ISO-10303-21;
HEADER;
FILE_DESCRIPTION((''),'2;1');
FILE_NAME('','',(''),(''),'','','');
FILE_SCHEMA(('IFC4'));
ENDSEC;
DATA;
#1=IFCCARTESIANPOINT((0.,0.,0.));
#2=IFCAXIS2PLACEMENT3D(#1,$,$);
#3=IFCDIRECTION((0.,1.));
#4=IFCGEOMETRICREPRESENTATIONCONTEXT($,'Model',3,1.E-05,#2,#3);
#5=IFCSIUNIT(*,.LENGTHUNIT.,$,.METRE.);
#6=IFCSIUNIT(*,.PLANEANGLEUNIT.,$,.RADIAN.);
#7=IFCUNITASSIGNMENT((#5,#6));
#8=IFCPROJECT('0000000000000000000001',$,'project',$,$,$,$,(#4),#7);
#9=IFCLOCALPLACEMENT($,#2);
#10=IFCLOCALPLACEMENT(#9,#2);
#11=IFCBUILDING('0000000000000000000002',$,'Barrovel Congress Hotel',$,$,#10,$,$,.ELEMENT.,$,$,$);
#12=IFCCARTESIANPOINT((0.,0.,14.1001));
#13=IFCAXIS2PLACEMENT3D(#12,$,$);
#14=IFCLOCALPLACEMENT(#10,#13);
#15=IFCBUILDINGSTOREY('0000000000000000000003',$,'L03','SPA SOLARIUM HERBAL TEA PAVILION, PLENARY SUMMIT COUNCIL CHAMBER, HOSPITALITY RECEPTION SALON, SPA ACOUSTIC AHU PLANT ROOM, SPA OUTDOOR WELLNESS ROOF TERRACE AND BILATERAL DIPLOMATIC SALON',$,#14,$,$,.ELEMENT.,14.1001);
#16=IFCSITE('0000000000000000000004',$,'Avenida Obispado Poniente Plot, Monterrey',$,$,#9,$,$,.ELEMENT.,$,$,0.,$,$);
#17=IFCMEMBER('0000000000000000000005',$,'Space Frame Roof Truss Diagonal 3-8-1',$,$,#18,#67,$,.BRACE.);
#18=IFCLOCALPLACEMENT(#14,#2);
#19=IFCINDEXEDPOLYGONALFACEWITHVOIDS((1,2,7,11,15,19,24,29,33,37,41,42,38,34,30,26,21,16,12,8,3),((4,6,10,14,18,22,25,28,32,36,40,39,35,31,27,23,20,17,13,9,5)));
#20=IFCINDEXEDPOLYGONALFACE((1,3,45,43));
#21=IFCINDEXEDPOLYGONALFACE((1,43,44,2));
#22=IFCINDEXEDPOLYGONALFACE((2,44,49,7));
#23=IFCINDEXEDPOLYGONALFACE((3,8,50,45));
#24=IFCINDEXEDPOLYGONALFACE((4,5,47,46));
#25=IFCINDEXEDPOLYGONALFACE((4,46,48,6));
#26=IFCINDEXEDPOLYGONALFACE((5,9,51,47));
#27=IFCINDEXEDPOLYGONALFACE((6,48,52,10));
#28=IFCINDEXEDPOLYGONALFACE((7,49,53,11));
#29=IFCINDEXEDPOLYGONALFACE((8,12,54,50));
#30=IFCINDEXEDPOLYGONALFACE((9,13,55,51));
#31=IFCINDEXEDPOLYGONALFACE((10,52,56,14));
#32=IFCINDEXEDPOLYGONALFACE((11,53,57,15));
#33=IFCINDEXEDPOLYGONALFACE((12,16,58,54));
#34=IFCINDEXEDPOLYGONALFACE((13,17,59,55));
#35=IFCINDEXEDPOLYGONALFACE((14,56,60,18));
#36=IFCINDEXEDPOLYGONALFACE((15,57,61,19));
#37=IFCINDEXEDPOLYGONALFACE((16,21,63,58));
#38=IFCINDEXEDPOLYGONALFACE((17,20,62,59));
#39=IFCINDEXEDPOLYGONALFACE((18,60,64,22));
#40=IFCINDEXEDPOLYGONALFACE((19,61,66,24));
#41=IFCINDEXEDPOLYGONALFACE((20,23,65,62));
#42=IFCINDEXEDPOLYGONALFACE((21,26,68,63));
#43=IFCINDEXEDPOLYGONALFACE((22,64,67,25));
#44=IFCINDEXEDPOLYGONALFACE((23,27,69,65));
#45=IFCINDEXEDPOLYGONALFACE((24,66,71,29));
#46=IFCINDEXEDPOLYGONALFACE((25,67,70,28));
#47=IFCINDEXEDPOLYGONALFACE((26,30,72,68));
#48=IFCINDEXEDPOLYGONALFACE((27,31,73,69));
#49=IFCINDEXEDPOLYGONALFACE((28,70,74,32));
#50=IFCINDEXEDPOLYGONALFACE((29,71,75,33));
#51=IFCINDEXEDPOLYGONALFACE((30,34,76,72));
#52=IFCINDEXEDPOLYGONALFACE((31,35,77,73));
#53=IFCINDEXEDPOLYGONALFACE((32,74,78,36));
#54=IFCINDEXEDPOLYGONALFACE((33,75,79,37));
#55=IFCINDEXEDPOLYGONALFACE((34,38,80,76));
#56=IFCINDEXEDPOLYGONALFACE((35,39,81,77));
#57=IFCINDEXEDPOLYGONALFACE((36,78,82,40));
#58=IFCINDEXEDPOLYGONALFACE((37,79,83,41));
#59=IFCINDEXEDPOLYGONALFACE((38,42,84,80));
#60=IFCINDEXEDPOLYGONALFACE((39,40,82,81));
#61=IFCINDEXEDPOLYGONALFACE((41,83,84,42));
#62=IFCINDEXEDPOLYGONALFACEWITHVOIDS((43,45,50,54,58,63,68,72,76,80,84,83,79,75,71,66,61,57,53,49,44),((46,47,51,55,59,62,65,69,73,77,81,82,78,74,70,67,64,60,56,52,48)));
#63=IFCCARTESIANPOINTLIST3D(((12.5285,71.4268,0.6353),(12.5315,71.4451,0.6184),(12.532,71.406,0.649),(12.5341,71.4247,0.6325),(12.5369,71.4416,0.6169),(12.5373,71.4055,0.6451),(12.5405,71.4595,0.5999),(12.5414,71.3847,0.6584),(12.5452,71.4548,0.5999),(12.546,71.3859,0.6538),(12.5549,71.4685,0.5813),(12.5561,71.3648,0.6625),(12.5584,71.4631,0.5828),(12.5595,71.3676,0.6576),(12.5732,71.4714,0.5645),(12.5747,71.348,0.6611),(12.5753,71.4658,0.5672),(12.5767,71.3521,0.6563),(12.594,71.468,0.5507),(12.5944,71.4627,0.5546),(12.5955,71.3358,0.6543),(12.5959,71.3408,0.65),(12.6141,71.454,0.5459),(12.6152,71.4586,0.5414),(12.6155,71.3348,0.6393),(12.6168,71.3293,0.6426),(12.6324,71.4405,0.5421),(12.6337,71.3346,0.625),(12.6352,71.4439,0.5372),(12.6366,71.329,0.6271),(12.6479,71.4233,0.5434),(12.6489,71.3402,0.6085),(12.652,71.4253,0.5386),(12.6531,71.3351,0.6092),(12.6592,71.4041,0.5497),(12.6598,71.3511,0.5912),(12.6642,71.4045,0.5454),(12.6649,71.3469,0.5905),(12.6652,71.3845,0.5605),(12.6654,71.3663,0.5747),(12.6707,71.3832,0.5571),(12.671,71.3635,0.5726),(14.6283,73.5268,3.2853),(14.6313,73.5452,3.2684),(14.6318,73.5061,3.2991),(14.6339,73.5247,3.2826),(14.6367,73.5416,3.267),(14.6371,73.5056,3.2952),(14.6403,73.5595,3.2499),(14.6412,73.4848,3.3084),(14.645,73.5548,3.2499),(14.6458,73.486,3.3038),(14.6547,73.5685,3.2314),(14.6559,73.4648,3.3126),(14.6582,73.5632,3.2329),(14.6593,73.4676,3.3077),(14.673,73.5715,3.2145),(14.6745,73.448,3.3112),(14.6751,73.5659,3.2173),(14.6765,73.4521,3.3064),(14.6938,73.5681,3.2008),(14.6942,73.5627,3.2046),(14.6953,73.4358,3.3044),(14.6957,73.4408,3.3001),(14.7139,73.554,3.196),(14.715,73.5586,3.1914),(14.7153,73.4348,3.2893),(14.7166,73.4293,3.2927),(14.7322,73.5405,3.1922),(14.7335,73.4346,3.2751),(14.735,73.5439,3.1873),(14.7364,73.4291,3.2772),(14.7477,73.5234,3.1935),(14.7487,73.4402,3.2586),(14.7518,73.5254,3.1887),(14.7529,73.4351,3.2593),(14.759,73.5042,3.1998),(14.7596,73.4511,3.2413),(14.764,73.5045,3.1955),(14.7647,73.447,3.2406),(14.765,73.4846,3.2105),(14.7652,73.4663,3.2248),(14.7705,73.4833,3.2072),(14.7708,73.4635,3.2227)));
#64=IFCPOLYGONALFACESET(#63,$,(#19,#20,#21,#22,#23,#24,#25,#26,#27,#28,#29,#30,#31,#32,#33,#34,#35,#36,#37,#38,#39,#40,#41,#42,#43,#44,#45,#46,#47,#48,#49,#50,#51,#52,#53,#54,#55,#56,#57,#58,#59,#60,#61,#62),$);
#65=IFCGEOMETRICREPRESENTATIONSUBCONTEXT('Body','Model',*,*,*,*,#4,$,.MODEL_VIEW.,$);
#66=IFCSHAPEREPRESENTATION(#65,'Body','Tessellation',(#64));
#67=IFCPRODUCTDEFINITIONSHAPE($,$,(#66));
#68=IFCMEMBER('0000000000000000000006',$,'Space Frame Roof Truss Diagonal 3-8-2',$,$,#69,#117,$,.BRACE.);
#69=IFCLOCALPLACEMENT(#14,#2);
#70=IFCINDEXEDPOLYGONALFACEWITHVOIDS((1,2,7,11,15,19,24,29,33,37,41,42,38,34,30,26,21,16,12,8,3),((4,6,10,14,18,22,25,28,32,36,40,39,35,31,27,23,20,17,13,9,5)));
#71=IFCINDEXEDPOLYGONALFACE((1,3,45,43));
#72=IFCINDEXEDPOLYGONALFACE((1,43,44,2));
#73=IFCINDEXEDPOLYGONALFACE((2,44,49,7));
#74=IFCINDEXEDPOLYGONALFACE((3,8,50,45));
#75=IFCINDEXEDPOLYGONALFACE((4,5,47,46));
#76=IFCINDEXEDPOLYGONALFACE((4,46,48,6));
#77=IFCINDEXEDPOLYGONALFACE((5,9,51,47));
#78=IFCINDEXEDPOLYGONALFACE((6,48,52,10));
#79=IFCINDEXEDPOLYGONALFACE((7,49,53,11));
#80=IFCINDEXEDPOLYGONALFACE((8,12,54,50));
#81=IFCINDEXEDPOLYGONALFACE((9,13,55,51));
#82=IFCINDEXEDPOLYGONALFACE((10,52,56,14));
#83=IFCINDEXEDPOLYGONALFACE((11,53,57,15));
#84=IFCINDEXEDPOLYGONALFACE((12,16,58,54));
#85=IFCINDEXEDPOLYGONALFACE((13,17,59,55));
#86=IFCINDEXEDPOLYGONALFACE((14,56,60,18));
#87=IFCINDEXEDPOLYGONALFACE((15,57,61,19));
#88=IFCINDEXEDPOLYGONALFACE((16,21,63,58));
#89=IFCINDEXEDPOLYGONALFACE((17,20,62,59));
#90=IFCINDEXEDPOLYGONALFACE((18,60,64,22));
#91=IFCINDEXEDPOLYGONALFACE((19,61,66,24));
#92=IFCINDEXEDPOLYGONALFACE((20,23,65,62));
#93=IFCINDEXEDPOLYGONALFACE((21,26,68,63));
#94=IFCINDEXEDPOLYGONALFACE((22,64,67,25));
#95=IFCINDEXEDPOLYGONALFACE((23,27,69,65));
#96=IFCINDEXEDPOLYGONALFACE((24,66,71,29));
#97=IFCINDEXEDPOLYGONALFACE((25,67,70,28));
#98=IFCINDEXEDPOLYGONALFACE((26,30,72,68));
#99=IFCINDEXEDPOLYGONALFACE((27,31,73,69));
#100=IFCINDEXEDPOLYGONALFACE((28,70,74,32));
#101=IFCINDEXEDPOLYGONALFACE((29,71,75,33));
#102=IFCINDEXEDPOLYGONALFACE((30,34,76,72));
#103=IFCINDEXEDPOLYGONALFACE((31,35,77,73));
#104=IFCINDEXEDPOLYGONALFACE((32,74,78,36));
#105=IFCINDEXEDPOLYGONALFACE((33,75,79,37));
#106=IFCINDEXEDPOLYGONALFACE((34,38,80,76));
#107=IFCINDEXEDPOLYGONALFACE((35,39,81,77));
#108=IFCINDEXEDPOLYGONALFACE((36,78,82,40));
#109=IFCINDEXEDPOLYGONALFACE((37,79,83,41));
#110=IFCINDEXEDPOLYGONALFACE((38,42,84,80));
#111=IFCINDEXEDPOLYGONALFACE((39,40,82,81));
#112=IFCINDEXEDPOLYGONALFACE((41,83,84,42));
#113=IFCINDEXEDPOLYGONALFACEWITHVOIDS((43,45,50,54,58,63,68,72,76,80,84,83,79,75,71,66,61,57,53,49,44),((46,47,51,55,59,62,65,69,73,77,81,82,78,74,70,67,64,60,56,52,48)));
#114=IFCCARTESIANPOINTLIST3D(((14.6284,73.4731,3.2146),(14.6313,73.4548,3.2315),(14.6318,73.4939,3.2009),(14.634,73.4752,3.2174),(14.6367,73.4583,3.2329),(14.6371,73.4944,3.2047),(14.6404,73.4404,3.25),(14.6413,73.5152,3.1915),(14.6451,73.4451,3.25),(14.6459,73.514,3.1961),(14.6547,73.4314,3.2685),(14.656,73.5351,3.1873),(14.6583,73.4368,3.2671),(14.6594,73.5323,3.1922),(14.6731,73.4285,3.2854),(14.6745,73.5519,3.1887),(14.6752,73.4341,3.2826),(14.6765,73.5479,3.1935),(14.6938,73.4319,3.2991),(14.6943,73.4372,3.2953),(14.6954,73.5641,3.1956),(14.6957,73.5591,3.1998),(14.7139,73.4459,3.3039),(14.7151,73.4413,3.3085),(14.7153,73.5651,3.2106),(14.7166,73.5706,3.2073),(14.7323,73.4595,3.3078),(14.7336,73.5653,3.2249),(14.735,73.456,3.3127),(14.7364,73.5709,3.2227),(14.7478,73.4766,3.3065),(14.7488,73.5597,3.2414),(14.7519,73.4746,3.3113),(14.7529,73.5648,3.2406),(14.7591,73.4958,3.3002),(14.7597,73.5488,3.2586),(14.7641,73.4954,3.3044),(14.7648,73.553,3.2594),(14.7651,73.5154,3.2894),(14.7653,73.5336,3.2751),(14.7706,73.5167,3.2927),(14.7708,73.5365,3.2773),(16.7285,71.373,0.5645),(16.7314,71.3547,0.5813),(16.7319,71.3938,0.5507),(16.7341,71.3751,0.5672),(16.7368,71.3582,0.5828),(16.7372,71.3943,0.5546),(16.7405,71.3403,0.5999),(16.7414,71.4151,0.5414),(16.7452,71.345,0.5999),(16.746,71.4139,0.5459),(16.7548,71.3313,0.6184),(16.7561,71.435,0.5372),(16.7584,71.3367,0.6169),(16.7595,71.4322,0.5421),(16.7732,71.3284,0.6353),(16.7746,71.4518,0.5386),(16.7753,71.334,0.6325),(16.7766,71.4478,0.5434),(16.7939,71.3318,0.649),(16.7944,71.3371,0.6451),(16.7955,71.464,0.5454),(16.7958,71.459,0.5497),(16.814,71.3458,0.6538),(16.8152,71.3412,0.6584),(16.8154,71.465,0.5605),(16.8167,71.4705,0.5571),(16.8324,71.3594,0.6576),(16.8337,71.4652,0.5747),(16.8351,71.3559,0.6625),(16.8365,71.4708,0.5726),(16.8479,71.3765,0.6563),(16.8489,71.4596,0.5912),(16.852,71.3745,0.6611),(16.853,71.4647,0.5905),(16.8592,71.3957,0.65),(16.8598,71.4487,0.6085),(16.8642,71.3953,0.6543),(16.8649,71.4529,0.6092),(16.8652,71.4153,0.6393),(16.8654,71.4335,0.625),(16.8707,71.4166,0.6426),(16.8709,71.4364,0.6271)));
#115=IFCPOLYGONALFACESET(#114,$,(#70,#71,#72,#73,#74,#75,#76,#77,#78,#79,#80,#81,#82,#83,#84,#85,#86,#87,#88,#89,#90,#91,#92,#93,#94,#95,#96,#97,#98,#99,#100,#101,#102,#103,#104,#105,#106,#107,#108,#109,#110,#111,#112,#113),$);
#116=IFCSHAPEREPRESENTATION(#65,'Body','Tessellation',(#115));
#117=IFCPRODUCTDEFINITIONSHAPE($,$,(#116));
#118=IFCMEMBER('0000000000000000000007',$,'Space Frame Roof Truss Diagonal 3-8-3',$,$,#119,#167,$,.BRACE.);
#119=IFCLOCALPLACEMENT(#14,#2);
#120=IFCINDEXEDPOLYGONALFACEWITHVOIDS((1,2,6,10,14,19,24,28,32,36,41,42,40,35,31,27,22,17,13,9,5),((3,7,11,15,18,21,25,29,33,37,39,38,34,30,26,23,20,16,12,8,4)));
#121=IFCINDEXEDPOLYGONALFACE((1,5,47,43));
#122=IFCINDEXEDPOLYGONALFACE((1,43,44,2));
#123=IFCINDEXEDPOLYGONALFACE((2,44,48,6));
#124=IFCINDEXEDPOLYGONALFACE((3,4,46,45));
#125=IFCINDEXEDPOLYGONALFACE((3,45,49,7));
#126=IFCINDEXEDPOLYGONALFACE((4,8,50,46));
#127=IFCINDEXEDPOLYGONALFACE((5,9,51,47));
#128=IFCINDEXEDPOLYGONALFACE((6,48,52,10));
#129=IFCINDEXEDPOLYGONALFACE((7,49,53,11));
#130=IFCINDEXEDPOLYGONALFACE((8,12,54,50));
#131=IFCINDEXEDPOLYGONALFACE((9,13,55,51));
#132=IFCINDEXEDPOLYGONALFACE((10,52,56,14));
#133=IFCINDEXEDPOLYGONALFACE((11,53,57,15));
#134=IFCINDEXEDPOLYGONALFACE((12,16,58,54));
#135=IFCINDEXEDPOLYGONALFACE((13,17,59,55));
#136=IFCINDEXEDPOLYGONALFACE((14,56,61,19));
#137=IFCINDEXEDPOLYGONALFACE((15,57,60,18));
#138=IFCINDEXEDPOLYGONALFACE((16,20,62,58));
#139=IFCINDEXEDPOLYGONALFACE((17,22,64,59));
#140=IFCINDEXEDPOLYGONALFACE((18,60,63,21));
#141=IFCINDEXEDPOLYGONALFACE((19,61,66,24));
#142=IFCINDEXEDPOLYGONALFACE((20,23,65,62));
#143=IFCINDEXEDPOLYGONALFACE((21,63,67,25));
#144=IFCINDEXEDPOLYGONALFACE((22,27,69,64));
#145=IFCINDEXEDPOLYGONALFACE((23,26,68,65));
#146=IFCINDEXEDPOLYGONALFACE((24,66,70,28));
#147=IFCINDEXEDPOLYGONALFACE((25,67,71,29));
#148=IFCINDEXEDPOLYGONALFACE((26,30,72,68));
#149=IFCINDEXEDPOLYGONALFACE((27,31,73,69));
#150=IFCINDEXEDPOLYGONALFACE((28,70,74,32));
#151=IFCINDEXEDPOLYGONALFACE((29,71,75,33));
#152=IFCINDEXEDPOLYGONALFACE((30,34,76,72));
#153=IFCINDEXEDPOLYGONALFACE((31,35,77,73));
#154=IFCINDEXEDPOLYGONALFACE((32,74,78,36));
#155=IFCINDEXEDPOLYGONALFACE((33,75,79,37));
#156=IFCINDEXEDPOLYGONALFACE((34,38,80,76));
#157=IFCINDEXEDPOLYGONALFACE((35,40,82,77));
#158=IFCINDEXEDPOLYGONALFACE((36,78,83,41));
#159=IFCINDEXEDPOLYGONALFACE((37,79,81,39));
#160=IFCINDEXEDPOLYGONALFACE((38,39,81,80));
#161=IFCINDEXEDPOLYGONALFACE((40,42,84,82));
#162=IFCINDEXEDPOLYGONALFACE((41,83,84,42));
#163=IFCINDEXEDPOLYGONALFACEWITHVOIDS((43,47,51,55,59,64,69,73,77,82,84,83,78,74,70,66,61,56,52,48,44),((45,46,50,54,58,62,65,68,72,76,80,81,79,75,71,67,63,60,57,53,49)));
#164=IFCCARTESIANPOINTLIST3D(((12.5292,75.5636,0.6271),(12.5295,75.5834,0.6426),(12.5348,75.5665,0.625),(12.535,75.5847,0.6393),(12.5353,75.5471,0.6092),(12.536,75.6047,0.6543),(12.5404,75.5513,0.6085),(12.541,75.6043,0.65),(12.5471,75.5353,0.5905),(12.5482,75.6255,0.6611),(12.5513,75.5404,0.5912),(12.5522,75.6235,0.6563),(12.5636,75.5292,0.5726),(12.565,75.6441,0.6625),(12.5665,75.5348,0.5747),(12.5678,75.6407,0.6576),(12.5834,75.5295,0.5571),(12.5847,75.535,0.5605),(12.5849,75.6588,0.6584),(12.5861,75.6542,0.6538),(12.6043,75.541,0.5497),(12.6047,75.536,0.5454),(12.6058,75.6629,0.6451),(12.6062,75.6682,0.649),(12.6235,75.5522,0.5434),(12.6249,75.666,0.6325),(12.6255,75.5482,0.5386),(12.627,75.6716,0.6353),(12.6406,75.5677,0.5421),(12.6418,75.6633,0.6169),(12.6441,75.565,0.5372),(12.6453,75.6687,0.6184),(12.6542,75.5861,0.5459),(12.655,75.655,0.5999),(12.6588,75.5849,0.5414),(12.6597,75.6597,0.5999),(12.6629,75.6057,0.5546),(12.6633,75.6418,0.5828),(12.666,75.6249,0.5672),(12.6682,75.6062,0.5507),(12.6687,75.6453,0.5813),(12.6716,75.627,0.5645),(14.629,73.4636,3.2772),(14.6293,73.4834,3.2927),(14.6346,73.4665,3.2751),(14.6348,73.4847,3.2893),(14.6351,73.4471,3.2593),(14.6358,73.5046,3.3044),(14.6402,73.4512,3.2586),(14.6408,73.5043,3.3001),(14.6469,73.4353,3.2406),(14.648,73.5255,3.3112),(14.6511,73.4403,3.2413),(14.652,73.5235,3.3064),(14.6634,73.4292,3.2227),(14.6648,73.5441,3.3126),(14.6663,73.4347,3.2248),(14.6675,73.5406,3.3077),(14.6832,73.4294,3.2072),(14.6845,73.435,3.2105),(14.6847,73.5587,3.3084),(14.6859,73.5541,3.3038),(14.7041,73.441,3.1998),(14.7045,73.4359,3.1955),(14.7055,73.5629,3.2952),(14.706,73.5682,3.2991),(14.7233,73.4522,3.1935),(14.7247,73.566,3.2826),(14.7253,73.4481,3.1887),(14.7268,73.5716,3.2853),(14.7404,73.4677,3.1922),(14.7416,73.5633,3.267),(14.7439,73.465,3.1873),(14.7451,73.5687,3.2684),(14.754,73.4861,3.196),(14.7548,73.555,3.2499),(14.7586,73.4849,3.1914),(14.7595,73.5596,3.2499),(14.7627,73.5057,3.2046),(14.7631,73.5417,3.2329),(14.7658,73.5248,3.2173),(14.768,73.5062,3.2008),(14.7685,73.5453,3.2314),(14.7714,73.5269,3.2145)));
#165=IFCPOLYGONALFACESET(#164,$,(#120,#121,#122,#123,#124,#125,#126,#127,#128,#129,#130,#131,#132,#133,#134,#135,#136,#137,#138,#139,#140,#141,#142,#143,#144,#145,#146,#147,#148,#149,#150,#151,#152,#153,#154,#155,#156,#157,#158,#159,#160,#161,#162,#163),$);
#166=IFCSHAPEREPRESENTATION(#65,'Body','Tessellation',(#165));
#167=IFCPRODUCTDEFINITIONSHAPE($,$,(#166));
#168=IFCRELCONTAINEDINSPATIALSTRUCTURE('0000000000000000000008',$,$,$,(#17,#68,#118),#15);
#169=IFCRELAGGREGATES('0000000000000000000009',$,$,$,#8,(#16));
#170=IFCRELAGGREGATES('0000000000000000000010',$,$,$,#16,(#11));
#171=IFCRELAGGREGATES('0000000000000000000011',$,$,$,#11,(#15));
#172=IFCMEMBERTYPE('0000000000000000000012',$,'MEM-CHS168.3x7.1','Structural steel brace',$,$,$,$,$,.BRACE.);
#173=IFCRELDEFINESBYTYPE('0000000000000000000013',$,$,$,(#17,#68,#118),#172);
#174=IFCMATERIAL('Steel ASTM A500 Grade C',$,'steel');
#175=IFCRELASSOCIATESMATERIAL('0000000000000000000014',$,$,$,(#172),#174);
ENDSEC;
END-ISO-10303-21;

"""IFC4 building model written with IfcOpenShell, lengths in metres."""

from ifc_helpers import new_model, si_unit, direction, frame, origin, origin_2d, place, context, subcontext, project, spatial, hollow_circle, extrude, material, material_profile, profile_set, type_object, element, save


model = new_model("IFC4")

# Units and contexts
model_context = context("Model", 3, precision=1e-05, world=origin(), true_north=direction((0.0, 1.0)))
body_context = subcontext(model_context, "Body", "Model", "MODEL_VIEW")
ifc_project = project(units=[si_unit("LENGTHUNIT", "METRE"), si_unit("PLANEANGLEUNIT", "RADIAN")], contexts=[model_context])

# Site, building, storey
site_placement = place(None, origin())
site = spatial("IfcSite", under=ifc_project, at=site_placement, Name="Avenida Obispado Poniente Plot, Monterrey", CompositionType="ELEMENT", RefElevation=0.0)
building_placement = place(site_placement, origin())
building = spatial("IfcBuilding", under=site, at=building_placement, Name="Barrovel Congress Hotel", CompositionType="ELEMENT")
storey_placement = place(building_placement, frame((0.0, 0.0, 14.1001)))
storey = spatial("IfcBuildingStorey", under=building, at=storey_placement, Name="L03", Description="SPA SOLARIUM HERBAL TEA PAVILION, PLENARY SUMMIT COUNCIL CHAMBER, HOSPITALITY RECEPTION SALON, SPA ACOUSTIC AHU PLANT ROOM, SPA OUTDOOR WELLNESS ROOF TERRACE AND BILATERAL DIPLOMATIC SALON", CompositionType="ELEMENT", Elevation=14.1001)

# Members
ifc_material_1 = material(Name="Steel ASTM A500 Grade C", Category="steel")
ifc_material_profile_1 = material_profile(ifc_material_1, hollow_circle(Radius=0.0842, WallThickness=0.0066, at=origin_2d()), Name="CHS168.3x7.1")
ifc_profile_set_1 = profile_set([ifc_material_profile_1], Name="Steel ASTM A500 Grade C")
member_type_1 = type_object("IfcMemberType", Name="MEM-CHS168.3x7.1", Description="Structural steel brace", PredefinedType="BRACE", material=ifc_profile_set_1)
for number, where, z_axis, x_axis, name in (
    (1, (12.6001, 71.3999, 0.5999), (0.527557, 0.527618, 0.66581), (-0.707148, 0.707066, 0.0), "Space Frame Roof Truss Diagonal 3-8-1"),
):
    element("IfcMember", number, at=place(storey_placement, frame(where, z_axis=z_axis, x_axis=x_axis)), inside=storey, type_object=member_type_1, Name=name, PredefinedType="BRACE", context=body_context, shape_type="SweptSolid", body=[
        extrude(hollow_circle(Radius=0.0842, WallThickness=0.0066, at=origin_2d()), origin(), (0.0, 0.0, 1.0), 3.9802),
    ])
member_1_placement = place(storey_placement, frame((16.8, 71.3999, 0.5999), z_axis=(-0.527601, 0.527601, 0.665788), x_axis=(-0.707107, -0.707107, 0.0)))
element("IfcMember", 2, at=member_1_placement, inside=storey, type_object=member_type_1, Name="Space Frame Roof Truss Diagonal 3-8-2", PredefinedType="BRACE", context=body_context, shape_type="SweptSolid", body=[
    extrude(hollow_circle(Radius=0.0842, WallThickness=0.0066, at=origin_2d()), origin(), (0.0, 0.0, 1.0), 3.9805),
])
member_2_placement = place(storey_placement, frame((12.6001, 75.6001, 0.5999), z_axis=(0.527557, -0.527618, 0.66581), x_axis=(0.707148, 0.707066, 0.0)))
element("IfcMember", 3, at=member_2_placement, inside=storey, type_object=member_type_1, Name="Space Frame Roof Truss Diagonal 3-8-3", PredefinedType="BRACE", context=body_context, shape_type="SweptSolid", body=[
    extrude(hollow_circle(Radius=0.0842, WallThickness=0.0066, at=origin_2d()), origin(), (0.0, 0.0, 1.0), 3.9802),
])

save(model, "model.ifc")
